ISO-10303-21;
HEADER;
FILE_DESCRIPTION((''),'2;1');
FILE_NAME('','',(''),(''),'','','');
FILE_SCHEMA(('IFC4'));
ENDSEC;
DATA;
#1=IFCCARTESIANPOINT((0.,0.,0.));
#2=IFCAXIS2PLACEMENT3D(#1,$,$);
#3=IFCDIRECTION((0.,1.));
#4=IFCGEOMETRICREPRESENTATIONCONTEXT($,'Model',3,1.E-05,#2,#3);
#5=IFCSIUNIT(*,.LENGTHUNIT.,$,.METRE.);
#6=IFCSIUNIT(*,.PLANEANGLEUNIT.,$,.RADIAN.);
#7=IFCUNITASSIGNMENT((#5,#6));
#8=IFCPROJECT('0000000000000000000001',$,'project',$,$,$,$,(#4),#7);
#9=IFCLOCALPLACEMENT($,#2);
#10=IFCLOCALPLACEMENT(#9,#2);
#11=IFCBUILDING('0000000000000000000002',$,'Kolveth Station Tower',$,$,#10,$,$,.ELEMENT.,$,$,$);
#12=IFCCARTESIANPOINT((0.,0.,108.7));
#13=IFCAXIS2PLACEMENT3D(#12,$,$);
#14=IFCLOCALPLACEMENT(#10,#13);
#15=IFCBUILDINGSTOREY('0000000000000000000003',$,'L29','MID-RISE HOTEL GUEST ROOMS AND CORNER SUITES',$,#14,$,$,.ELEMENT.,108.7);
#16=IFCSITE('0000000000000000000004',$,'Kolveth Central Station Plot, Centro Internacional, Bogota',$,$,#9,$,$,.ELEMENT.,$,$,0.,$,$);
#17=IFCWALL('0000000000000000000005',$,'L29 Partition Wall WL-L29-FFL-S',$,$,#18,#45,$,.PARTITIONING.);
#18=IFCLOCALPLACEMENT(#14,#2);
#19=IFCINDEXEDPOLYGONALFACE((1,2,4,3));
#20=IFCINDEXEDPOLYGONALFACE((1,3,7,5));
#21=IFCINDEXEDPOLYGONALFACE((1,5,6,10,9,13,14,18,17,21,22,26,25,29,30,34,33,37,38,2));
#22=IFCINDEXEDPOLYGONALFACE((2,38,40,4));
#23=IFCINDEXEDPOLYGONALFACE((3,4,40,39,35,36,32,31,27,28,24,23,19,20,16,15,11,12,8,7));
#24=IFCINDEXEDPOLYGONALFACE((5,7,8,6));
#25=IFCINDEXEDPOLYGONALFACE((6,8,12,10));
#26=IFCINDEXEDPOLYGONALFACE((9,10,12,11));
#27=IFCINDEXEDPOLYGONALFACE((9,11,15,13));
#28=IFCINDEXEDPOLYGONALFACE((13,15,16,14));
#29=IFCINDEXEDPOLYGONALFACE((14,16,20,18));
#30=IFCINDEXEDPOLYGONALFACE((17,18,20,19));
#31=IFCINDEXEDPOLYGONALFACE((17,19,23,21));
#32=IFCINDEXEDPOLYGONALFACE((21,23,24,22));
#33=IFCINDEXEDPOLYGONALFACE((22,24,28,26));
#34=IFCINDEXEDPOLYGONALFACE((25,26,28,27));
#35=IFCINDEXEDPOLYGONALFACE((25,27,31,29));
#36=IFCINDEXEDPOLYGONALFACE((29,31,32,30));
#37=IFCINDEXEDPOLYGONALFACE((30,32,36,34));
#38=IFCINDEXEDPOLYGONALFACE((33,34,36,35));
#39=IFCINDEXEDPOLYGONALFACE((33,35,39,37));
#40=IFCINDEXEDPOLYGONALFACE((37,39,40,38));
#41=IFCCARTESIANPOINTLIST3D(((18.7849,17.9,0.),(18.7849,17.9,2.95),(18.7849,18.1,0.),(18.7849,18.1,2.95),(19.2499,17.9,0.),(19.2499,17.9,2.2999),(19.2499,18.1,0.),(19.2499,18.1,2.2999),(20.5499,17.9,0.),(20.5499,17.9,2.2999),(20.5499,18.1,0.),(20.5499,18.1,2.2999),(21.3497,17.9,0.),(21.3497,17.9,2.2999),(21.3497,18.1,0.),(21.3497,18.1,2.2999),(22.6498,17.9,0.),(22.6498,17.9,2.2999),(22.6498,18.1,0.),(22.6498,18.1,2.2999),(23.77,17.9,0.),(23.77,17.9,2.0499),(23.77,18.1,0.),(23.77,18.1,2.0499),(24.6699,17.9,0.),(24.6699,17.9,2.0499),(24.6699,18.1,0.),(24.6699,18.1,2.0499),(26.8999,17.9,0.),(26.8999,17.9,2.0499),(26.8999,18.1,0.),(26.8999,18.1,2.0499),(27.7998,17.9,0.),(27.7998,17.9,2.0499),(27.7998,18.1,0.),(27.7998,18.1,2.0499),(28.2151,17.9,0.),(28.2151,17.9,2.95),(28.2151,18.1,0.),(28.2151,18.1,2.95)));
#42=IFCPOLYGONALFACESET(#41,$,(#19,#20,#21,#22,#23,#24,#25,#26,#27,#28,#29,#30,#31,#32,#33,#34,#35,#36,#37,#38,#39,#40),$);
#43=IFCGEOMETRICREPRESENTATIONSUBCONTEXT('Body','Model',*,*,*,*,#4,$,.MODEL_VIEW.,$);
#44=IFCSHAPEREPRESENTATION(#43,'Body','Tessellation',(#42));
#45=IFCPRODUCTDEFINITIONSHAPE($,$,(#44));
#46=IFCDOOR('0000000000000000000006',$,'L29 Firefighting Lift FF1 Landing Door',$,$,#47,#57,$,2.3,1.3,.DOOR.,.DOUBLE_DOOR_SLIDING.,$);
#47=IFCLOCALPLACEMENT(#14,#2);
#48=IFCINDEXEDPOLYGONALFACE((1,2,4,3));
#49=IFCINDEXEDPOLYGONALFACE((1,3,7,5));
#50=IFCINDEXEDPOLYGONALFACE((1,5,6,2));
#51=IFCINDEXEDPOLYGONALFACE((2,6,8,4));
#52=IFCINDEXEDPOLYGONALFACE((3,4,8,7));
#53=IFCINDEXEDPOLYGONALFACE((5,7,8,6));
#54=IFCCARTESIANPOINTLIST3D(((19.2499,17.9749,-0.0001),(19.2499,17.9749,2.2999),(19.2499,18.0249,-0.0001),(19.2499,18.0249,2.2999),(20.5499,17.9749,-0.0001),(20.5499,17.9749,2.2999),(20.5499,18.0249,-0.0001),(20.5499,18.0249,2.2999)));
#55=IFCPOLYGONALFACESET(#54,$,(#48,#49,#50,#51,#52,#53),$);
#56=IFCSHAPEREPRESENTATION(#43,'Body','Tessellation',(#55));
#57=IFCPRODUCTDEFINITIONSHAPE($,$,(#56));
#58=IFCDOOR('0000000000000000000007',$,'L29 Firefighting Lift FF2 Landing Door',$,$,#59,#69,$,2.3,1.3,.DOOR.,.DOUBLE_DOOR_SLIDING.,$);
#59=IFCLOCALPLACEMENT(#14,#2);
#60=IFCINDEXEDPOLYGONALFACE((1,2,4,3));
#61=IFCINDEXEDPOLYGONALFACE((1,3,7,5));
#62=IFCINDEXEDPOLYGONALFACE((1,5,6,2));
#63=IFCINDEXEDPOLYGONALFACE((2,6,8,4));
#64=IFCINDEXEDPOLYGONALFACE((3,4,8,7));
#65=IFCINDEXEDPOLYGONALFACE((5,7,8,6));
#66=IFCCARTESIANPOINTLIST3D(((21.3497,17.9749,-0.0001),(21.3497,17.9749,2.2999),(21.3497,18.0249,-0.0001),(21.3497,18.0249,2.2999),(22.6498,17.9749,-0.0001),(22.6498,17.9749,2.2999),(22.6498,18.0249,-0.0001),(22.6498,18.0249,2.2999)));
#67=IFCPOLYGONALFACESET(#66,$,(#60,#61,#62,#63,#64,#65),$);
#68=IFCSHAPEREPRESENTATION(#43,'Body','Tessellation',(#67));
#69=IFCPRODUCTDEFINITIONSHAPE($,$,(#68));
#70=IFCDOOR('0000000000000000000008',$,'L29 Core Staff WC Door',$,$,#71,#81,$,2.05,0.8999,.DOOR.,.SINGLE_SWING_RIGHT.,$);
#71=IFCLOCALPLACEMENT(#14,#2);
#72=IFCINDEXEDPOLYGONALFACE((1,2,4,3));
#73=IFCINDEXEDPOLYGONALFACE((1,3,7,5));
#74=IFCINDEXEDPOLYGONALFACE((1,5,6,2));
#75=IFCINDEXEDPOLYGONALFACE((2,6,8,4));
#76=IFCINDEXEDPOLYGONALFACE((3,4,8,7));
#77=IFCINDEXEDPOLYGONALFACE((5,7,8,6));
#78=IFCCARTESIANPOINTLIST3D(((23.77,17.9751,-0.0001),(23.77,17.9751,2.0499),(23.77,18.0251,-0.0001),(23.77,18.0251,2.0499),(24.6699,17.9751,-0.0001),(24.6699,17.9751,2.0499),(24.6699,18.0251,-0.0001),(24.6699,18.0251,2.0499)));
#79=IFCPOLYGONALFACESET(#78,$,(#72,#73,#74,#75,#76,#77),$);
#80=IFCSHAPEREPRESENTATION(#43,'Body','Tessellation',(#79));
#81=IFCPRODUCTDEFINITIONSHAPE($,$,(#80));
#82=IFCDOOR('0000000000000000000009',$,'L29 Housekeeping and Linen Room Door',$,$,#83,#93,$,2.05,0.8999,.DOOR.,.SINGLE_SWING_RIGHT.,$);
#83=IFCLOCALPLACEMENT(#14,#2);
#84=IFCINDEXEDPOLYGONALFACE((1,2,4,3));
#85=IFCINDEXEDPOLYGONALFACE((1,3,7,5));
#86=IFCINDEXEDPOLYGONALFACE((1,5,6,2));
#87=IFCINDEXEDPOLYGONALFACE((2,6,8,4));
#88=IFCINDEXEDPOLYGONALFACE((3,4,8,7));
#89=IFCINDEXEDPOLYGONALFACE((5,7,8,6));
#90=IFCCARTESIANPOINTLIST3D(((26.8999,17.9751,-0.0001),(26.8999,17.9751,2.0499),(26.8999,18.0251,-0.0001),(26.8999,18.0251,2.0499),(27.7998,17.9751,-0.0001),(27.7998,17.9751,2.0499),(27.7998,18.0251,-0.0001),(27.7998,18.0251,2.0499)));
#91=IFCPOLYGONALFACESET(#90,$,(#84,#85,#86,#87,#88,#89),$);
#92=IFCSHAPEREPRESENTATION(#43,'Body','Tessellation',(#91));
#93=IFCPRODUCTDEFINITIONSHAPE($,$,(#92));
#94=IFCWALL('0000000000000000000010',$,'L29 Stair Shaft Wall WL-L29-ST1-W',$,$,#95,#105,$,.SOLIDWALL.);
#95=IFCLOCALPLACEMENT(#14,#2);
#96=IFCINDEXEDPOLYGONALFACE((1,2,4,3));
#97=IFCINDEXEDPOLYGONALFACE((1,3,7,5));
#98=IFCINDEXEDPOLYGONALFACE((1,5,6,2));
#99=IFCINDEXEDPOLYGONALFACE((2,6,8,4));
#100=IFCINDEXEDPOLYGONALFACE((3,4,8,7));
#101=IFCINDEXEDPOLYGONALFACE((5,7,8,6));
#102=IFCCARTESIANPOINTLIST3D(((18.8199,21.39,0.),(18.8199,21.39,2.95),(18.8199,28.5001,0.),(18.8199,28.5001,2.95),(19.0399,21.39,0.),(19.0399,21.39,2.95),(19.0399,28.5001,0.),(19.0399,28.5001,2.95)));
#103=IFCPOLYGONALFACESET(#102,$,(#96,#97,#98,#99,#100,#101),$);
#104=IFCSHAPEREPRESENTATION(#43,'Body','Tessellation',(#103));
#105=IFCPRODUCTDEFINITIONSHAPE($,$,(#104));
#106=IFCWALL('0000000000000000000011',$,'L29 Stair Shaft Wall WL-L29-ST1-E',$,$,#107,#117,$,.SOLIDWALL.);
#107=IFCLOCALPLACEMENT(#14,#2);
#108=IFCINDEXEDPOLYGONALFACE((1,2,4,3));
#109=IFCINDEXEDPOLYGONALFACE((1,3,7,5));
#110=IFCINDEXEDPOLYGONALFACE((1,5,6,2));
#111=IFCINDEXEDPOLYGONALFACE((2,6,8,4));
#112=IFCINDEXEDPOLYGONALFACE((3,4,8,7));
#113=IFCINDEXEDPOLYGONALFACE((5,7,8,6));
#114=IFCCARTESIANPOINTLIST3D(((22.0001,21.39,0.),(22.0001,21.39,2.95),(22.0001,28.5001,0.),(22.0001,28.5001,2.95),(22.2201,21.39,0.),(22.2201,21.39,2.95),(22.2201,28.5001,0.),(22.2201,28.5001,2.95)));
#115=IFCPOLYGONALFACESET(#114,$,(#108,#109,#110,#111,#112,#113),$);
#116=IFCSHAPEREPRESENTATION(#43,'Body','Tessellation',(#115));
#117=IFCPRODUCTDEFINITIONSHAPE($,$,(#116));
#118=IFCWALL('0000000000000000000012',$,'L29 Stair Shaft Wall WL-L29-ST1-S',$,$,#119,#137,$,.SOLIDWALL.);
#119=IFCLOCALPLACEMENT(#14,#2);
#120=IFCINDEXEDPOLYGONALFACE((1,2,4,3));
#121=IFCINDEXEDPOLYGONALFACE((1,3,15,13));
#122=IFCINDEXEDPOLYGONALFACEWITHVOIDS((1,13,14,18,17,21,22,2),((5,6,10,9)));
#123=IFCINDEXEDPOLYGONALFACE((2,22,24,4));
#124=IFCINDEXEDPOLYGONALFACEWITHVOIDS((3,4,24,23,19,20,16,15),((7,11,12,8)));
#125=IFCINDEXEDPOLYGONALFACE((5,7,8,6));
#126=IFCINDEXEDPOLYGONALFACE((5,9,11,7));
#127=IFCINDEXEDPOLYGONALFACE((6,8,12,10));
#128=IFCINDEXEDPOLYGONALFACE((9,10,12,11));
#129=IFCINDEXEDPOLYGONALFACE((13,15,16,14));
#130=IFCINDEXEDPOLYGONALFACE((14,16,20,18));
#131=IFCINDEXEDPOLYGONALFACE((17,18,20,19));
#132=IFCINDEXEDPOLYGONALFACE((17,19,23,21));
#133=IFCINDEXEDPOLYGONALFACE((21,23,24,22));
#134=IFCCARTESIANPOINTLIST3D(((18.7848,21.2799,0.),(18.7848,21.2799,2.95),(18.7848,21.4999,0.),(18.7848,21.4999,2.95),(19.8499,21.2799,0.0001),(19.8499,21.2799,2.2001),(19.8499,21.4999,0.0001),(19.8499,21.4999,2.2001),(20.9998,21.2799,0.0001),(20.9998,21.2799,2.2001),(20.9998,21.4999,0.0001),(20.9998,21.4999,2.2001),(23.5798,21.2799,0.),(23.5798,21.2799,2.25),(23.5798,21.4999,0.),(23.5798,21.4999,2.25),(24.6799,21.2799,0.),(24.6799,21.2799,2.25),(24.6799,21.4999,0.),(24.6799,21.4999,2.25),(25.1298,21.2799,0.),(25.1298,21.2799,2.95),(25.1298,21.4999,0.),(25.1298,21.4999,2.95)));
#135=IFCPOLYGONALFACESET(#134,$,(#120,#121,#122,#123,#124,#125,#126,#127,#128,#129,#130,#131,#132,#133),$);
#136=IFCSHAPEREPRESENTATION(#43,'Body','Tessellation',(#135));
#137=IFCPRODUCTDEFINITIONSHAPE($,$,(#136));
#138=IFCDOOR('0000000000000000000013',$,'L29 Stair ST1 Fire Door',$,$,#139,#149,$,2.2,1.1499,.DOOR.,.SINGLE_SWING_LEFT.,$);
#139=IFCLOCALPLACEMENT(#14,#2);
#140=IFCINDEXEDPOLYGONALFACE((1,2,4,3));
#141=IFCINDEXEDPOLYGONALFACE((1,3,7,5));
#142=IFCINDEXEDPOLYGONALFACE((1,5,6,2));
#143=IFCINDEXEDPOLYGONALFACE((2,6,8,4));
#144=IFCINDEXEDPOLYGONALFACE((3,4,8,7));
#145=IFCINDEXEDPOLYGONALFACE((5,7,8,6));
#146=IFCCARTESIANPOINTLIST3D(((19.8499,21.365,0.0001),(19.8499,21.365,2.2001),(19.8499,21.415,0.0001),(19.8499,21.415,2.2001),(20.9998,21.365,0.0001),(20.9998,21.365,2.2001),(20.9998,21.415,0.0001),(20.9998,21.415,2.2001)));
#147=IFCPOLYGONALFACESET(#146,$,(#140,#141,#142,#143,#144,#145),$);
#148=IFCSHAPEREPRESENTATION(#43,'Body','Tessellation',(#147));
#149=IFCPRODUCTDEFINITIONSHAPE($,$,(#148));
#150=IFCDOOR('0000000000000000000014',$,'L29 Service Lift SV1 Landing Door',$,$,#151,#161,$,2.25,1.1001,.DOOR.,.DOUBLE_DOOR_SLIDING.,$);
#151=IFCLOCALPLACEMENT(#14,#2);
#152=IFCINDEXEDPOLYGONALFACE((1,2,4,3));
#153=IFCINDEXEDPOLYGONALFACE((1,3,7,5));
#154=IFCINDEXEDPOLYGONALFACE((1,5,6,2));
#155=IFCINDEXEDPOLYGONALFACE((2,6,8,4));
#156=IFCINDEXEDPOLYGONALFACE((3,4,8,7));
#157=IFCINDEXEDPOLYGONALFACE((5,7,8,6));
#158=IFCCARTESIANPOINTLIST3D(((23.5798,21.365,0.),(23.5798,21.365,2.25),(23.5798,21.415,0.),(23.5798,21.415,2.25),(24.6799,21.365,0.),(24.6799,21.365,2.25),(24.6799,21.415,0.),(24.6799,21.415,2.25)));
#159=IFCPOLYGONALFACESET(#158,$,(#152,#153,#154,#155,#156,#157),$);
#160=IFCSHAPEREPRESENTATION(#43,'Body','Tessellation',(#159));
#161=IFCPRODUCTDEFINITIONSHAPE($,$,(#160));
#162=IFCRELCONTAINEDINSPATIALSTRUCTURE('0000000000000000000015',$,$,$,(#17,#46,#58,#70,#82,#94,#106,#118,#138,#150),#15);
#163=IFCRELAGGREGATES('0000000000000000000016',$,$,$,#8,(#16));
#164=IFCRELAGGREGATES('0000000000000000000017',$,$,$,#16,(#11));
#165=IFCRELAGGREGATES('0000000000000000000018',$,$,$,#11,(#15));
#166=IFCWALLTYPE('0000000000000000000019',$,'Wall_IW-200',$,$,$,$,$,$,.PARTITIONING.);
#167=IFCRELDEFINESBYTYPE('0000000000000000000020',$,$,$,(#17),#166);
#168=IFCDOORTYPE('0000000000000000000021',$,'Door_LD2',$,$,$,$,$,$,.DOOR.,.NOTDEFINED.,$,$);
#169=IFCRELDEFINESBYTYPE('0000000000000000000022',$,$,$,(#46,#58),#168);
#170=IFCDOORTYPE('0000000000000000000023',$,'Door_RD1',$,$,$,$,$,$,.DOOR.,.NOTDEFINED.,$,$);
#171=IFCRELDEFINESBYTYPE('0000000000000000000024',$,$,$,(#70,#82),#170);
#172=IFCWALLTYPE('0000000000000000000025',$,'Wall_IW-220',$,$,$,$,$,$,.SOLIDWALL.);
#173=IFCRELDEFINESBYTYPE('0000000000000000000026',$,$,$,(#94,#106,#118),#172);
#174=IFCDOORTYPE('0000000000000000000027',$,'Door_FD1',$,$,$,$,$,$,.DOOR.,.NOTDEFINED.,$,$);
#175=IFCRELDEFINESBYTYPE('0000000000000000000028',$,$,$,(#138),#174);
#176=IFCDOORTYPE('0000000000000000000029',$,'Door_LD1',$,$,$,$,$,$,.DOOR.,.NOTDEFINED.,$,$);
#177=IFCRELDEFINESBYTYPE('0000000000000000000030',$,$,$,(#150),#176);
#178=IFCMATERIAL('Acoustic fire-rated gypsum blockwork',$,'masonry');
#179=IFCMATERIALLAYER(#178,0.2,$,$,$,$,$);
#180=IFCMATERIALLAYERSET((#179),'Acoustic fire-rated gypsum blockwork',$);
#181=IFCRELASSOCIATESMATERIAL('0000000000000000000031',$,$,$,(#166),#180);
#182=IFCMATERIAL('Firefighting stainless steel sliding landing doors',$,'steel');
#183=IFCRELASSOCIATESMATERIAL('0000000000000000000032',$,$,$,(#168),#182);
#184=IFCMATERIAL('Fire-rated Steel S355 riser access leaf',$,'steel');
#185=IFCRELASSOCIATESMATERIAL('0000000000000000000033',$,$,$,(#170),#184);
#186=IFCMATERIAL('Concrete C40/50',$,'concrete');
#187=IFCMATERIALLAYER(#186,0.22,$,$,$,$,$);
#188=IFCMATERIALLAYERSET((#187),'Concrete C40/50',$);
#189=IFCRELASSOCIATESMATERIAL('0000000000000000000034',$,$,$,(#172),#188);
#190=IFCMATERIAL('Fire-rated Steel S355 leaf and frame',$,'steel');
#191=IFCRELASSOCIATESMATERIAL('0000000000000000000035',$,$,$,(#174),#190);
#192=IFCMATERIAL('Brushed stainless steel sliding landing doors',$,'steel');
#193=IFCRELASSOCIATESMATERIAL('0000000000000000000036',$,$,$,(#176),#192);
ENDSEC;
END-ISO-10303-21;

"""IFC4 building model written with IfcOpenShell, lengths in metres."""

from ifc_helpers import new_model, si_unit, direction, frame, frame_2d, origin, place, context, subcontext, project, spatial, rectangle, extrude, material, layer, layer_set, type_object, element, fill, save


model = new_model("IFC4")

# Units and contexts
model_context = context("Model", 3, precision=1e-05, world=origin(), true_north=direction((0.0, 1.0)))
body_context = subcontext(model_context, "Body", "Model", "MODEL_VIEW")
ifc_project = project(units=[si_unit("LENGTHUNIT", "METRE"), si_unit("PLANEANGLEUNIT", "RADIAN")], contexts=[model_context])

# Site, building, storey
site_placement = place(None, origin())
site = spatial("IfcSite", under=ifc_project, at=site_placement, Name="Kolveth Central Station Plot, Centro Internacional, Bogota", CompositionType="ELEMENT", RefElevation=0.0)
building_placement = place(site_placement, origin())
building = spatial("IfcBuilding", under=site, at=building_placement, Name="Kolveth Station Tower", CompositionType="ELEMENT")
storey_placement = place(building_placement, frame((0.0, 0.0, 108.7)))
storey = spatial("IfcBuildingStorey", under=building, at=storey_placement, Name="L29", Description="MID-RISE HOTEL GUEST ROOMS AND CORNER SUITES", CompositionType="ELEMENT", Elevation=108.7)

# Shared definitions
ifc_material_1 = material(Name="Acoustic fire-rated gypsum blockwork", Category="masonry")
ifc_layer_1 = layer(ifc_material_1, 0.2)
ifc_layer_set_1 = layer_set([ifc_layer_1], Name="Acoustic fire-rated gypsum blockwork")
wall_type_1 = type_object("IfcWallType", Name="Wall_IW-200", PredefinedType="PARTITIONING", material=ifc_layer_set_1)

# Wall, openings, doors
wall_1_placement = place(storey_placement, frame((18.7849, 18.0, 0.0), z_axis=(0.0, 0.0, 1.0), x_axis=(1.0, 0.0, 0.0)))
wall_1 = element("IfcWall", 1, at=wall_1_placement, inside=storey, type_object=wall_type_1, Name="L29 Partition Wall WL-L29-FFL-S", PredefinedType="PARTITIONING", context=body_context, shape_type="SweptSolid", body=[
    extrude(rectangle(XDim=9.4302, YDim=0.2, at=frame_2d((4.7151, 0.0))), origin(), (0.0, 0.0, 1.0), 2.95),
])
opening_1_placement = place(wall_1_placement, frame((0.4651, 0.0, 0.0)))
opening_1 = element("IfcOpeningElement", 2, at=opening_1_placement, cuts=wall_1, PredefinedType="OPENING", context=body_context, shape_type="SweptSolid", body=[
    extrude(rectangle(XDim=1.3, YDim=2.3, at=frame_2d((0.6499, 1.1499))), frame((0.0, 0.1099, 0.0), z_axis=(0.0, -1.0, 0.0), x_axis=(1.0, 0.0, 0.0)), (0.0, 0.0, 1.0), 0.22),
])
opening_2_placement = place(wall_1_placement, frame((2.5649, 0.0, 0.0)))
opening_2 = element("IfcOpeningElement", 3, at=opening_2_placement, cuts=wall_1, PredefinedType="OPENING", context=body_context, shape_type="SweptSolid", body=[
    extrude(rectangle(XDim=1.3, YDim=2.3, at=frame_2d((0.6499, 1.1499))), frame((0.0, 0.1099, 0.0), z_axis=(0.0, -1.0, 0.0), x_axis=(1.0, 0.0, 0.0)), (0.0, 0.0, 1.0), 0.22),
])
opening_3_placement = place(wall_1_placement, frame((4.9851, 0.0, 0.0)))
opening_3 = element("IfcOpeningElement", 4, at=opening_3_placement, cuts=wall_1, PredefinedType="OPENING", context=body_context, shape_type="SweptSolid", body=[
    extrude(rectangle(XDim=0.8999, YDim=2.05, at=frame_2d((0.45, 1.0249))), frame((0.0, 0.1099, 0.0), z_axis=(0.0, -1.0, 0.0), x_axis=(1.0, 0.0, 0.0)), (0.0, 0.0, 1.0), 0.22),
])
opening_4_placement = place(wall_1_placement, frame((8.115, 0.0, 0.0)))
opening_4 = element("IfcOpeningElement", 5, at=opening_4_placement, cuts=wall_1, PredefinedType="OPENING", context=body_context, shape_type="SweptSolid", body=[
    extrude(rectangle(XDim=0.8999, YDim=2.05, at=frame_2d((0.45, 1.0249))), frame((0.0, 0.1099, 0.0), z_axis=(0.0, -1.0, 0.0), x_axis=(1.0, 0.0, 0.0)), (0.0, 0.0, 1.0), 0.22),
])
ifc_material_2 = material(Name="Firefighting stainless steel sliding landing doors", Category="steel")
door_type_1 = type_object("IfcDoorType", Name="Door_LD2", OperationType="NOTDEFINED", PredefinedType="DOOR", material=ifc_material_2)
door_1_placement = place(opening_1_placement, origin())
door_1 = element("IfcDoor", 6, at=door_1_placement, inside=storey, type_object=door_type_1, Name="L29 Firefighting Lift FF1 Landing Door", OperationType="DOUBLE_DOOR_SLIDING", OverallHeight=2.3, OverallWidth=1.3, PredefinedType="DOOR", context=body_context, shape_type="SweptSolid", body=[
    extrude(rectangle(XDim=1.3, YDim=2.3, at=frame_2d((0.6499, 1.1499))), frame((0.0, 0.0249, 0.0), z_axis=(0.0, -1.0, 0.0), x_axis=(1.0, 0.0, 0.0)), (0.0, 0.0, 1.0), 0.05),
])
fill(opening_1, door_1)
door_2_placement = place(opening_2_placement, origin())
door_2 = element("IfcDoor", 7, at=door_2_placement, inside=storey, type_object=door_type_1, Name="L29 Firefighting Lift FF2 Landing Door", OperationType="DOUBLE_DOOR_SLIDING", OverallHeight=2.3, OverallWidth=1.3, PredefinedType="DOOR", context=body_context, shape_type="SweptSolid", body=[
    extrude(rectangle(XDim=1.3, YDim=2.3, at=frame_2d((0.6499, 1.1499))), frame((0.0, 0.0249, 0.0), z_axis=(0.0, -1.0, 0.0), x_axis=(1.0, 0.0, 0.0)), (0.0, 0.0, 1.0), 0.05),
])
fill(opening_2, door_2)
ifc_material_3 = material(Name="Fire-rated Steel S355 riser access leaf", Category="steel")
door_type_2 = type_object("IfcDoorType", Name="Door_RD1", OperationType="NOTDEFINED", PredefinedType="DOOR", material=ifc_material_3)
door_3_placement = place(opening_3_placement, frame((0.8999, 0.0, 0.0), z_axis=(0.0, 0.0, 1.0), x_axis=(-1.0, 0.0, 0.0)))
door_3 = element("IfcDoor", 8, at=door_3_placement, inside=storey, type_object=door_type_2, Name="L29 Core Staff WC Door", OperationType="SINGLE_SWING_RIGHT", OverallHeight=2.05, OverallWidth=0.8999, PredefinedType="DOOR", context=body_context, shape_type="SweptSolid", body=[
    extrude(rectangle(XDim=0.8999, YDim=2.05, at=frame_2d((0.45, 1.0249))), frame((0.0, 0.0249, 0.0), z_axis=(0.0, -1.0, 0.0), x_axis=(1.0, 0.0, 0.0)), (0.0, 0.0, 1.0), 0.05),
])
fill(opening_3, door_3)
door_4_placement = place(opening_4_placement, frame((0.8999, 0.0, 0.0), z_axis=(0.0, 0.0, 1.0), x_axis=(-1.0, 0.0, 0.0)))
door_4 = element("IfcDoor", 9, at=door_4_placement, inside=storey, type_object=door_type_2, Name="L29 Housekeeping and Linen Room Door", OperationType="SINGLE_SWING_RIGHT", OverallHeight=2.05, OverallWidth=0.8999, PredefinedType="DOOR", context=body_context, shape_type="SweptSolid", body=[
    extrude(rectangle(XDim=0.8999, YDim=2.05, at=frame_2d((0.45, 1.0249))), frame((0.0, 0.0249, 0.0), z_axis=(0.0, -1.0, 0.0), x_axis=(1.0, 0.0, 0.0)), (0.0, 0.0, 1.0), 0.05),
])
fill(opening_4, door_4)

# Walls
ifc_material_4 = material(Name="Concrete C40/50", Category="concrete")
ifc_layer_2 = layer(ifc_material_4, 0.22)
ifc_layer_set_2 = layer_set([ifc_layer_2], Name="Concrete C40/50")
wall_type_2 = type_object("IfcWallType", Name="Wall_IW-220", PredefinedType="SOLIDWALL", material=ifc_layer_set_2)
for number, where, z_axis, x_axis, name in (
    (10, (18.9299, 21.3899, 0.0), (0.0, 0.0, 1.0), (0.0, 1.0, 0.0), "L29 Stair Shaft Wall WL-L29-ST1-W"),
    (11, (22.1101, 21.3899, 0.0), (0.0, 0.0, 1.0), (0.0, 1.0, 0.0), "L29 Stair Shaft Wall WL-L29-ST1-E"),
):
    element("IfcWall", number, at=place(storey_placement, frame(where, z_axis=z_axis, x_axis=x_axis)), inside=storey, type_object=wall_type_2, Name=name, PredefinedType="SOLIDWALL", context=body_context, shape_type="SweptSolid", body=[
        extrude(rectangle(XDim=7.1101, YDim=0.22, at=frame_2d((3.5552, 0.0))), origin(), (0.0, 0.0, 1.0), 2.95),
    ])

# Wall, openings, doors
wall_2_placement = place(storey_placement, frame((18.7849, 21.3899, 0.0), z_axis=(0.0, 0.0, 1.0), x_axis=(1.0, 0.0, 0.0)))
wall_2 = element("IfcWall", 12, at=wall_2_placement, inside=storey, type_object=wall_type_2, Name="L29 Stair Shaft Wall WL-L29-ST1-S", PredefinedType="SOLIDWALL", context=body_context, shape_type="SweptSolid", body=[
    extrude(rectangle(XDim=6.345, YDim=0.22, at=frame_2d((3.1724, 0.0))), origin(), (0.0, 0.0, 1.0), 2.95),
])
opening_5_placement = place(wall_2_placement, frame((1.0649, 0.0, 0.0)))
opening_5 = element("IfcOpeningElement", 13, at=opening_5_placement, cuts=wall_2, PredefinedType="OPENING", context=body_context, shape_type="SweptSolid", body=[
    extrude(rectangle(XDim=1.1499, YDim=2.2, at=frame_2d((0.575, 1.1001))), frame((0.0, 0.1199, 0.0), z_axis=(0.0, -1.0, 0.0), x_axis=(1.0, 0.0, 0.0)), (0.0, 0.0, 1.0), 0.24),
])
opening_6_placement = place(wall_2_placement, frame((4.7949, 0.0, 0.0)))
opening_6 = element("IfcOpeningElement", 14, at=opening_6_placement, cuts=wall_2, PredefinedType="OPENING", context=body_context, shape_type="SweptSolid", body=[
    extrude(rectangle(XDim=1.1001, YDim=2.25, at=frame_2d((0.55, 1.125))), frame((0.0, 0.1199, 0.0), z_axis=(0.0, -1.0, 0.0), x_axis=(1.0, 0.0, 0.0)), (0.0, 0.0, 1.0), 0.24),
])
ifc_material_5 = material(Name="Fire-rated Steel S355 leaf and frame", Category="steel")
door_type_3 = type_object("IfcDoorType", Name="Door_FD1", OperationType="NOTDEFINED", PredefinedType="DOOR", material=ifc_material_5)
door_5_placement = place(opening_5_placement, frame((1.1499, 0.0, 0.0), z_axis=(0.0, 0.0, 1.0), x_axis=(-1.0, 0.0, 0.0)))
door_5 = element("IfcDoor", 15, at=door_5_placement, inside=storey, type_object=door_type_3, Name="L29 Stair ST1 Fire Door", OperationType="SINGLE_SWING_LEFT", OverallHeight=2.2, OverallWidth=1.1499, PredefinedType="DOOR", context=body_context, shape_type="SweptSolid", body=[
    extrude(rectangle(XDim=1.1499, YDim=2.2, at=frame_2d((0.575, 1.1001))), frame((0.0, 0.0249, 0.0), z_axis=(0.0, -1.0, 0.0), x_axis=(1.0, 0.0, 0.0)), (0.0, 0.0, 1.0), 0.05),
])
fill(opening_5, door_5)
ifc_material_6 = material(Name="Brushed stainless steel sliding landing doors", Category="steel")
door_type_4 = type_object("IfcDoorType", Name="Door_LD1", OperationType="NOTDEFINED", PredefinedType="DOOR", material=ifc_material_6)
door_6_placement = place(opening_6_placement, frame((1.1001, 0.0, 0.0), z_axis=(0.0, 0.0, 1.0), x_axis=(-1.0, 0.0, 0.0)))
door_6 = element("IfcDoor", 16, at=door_6_placement, inside=storey, type_object=door_type_4, Name="L29 Service Lift SV1 Landing Door", OperationType="DOUBLE_DOOR_SLIDING", OverallHeight=2.25, OverallWidth=1.1001, PredefinedType="DOOR", context=body_context, shape_type="SweptSolid", body=[
    extrude(rectangle(XDim=1.1001, YDim=2.25, at=frame_2d((0.55, 1.125))), frame((0.0, 0.0249, 0.0), z_axis=(0.0, -1.0, 0.0), x_axis=(1.0, 0.0, 0.0)), (0.0, 0.0, 1.0), 0.05),
])
fill(opening_6, door_6)

save(model, "model.ifc")
